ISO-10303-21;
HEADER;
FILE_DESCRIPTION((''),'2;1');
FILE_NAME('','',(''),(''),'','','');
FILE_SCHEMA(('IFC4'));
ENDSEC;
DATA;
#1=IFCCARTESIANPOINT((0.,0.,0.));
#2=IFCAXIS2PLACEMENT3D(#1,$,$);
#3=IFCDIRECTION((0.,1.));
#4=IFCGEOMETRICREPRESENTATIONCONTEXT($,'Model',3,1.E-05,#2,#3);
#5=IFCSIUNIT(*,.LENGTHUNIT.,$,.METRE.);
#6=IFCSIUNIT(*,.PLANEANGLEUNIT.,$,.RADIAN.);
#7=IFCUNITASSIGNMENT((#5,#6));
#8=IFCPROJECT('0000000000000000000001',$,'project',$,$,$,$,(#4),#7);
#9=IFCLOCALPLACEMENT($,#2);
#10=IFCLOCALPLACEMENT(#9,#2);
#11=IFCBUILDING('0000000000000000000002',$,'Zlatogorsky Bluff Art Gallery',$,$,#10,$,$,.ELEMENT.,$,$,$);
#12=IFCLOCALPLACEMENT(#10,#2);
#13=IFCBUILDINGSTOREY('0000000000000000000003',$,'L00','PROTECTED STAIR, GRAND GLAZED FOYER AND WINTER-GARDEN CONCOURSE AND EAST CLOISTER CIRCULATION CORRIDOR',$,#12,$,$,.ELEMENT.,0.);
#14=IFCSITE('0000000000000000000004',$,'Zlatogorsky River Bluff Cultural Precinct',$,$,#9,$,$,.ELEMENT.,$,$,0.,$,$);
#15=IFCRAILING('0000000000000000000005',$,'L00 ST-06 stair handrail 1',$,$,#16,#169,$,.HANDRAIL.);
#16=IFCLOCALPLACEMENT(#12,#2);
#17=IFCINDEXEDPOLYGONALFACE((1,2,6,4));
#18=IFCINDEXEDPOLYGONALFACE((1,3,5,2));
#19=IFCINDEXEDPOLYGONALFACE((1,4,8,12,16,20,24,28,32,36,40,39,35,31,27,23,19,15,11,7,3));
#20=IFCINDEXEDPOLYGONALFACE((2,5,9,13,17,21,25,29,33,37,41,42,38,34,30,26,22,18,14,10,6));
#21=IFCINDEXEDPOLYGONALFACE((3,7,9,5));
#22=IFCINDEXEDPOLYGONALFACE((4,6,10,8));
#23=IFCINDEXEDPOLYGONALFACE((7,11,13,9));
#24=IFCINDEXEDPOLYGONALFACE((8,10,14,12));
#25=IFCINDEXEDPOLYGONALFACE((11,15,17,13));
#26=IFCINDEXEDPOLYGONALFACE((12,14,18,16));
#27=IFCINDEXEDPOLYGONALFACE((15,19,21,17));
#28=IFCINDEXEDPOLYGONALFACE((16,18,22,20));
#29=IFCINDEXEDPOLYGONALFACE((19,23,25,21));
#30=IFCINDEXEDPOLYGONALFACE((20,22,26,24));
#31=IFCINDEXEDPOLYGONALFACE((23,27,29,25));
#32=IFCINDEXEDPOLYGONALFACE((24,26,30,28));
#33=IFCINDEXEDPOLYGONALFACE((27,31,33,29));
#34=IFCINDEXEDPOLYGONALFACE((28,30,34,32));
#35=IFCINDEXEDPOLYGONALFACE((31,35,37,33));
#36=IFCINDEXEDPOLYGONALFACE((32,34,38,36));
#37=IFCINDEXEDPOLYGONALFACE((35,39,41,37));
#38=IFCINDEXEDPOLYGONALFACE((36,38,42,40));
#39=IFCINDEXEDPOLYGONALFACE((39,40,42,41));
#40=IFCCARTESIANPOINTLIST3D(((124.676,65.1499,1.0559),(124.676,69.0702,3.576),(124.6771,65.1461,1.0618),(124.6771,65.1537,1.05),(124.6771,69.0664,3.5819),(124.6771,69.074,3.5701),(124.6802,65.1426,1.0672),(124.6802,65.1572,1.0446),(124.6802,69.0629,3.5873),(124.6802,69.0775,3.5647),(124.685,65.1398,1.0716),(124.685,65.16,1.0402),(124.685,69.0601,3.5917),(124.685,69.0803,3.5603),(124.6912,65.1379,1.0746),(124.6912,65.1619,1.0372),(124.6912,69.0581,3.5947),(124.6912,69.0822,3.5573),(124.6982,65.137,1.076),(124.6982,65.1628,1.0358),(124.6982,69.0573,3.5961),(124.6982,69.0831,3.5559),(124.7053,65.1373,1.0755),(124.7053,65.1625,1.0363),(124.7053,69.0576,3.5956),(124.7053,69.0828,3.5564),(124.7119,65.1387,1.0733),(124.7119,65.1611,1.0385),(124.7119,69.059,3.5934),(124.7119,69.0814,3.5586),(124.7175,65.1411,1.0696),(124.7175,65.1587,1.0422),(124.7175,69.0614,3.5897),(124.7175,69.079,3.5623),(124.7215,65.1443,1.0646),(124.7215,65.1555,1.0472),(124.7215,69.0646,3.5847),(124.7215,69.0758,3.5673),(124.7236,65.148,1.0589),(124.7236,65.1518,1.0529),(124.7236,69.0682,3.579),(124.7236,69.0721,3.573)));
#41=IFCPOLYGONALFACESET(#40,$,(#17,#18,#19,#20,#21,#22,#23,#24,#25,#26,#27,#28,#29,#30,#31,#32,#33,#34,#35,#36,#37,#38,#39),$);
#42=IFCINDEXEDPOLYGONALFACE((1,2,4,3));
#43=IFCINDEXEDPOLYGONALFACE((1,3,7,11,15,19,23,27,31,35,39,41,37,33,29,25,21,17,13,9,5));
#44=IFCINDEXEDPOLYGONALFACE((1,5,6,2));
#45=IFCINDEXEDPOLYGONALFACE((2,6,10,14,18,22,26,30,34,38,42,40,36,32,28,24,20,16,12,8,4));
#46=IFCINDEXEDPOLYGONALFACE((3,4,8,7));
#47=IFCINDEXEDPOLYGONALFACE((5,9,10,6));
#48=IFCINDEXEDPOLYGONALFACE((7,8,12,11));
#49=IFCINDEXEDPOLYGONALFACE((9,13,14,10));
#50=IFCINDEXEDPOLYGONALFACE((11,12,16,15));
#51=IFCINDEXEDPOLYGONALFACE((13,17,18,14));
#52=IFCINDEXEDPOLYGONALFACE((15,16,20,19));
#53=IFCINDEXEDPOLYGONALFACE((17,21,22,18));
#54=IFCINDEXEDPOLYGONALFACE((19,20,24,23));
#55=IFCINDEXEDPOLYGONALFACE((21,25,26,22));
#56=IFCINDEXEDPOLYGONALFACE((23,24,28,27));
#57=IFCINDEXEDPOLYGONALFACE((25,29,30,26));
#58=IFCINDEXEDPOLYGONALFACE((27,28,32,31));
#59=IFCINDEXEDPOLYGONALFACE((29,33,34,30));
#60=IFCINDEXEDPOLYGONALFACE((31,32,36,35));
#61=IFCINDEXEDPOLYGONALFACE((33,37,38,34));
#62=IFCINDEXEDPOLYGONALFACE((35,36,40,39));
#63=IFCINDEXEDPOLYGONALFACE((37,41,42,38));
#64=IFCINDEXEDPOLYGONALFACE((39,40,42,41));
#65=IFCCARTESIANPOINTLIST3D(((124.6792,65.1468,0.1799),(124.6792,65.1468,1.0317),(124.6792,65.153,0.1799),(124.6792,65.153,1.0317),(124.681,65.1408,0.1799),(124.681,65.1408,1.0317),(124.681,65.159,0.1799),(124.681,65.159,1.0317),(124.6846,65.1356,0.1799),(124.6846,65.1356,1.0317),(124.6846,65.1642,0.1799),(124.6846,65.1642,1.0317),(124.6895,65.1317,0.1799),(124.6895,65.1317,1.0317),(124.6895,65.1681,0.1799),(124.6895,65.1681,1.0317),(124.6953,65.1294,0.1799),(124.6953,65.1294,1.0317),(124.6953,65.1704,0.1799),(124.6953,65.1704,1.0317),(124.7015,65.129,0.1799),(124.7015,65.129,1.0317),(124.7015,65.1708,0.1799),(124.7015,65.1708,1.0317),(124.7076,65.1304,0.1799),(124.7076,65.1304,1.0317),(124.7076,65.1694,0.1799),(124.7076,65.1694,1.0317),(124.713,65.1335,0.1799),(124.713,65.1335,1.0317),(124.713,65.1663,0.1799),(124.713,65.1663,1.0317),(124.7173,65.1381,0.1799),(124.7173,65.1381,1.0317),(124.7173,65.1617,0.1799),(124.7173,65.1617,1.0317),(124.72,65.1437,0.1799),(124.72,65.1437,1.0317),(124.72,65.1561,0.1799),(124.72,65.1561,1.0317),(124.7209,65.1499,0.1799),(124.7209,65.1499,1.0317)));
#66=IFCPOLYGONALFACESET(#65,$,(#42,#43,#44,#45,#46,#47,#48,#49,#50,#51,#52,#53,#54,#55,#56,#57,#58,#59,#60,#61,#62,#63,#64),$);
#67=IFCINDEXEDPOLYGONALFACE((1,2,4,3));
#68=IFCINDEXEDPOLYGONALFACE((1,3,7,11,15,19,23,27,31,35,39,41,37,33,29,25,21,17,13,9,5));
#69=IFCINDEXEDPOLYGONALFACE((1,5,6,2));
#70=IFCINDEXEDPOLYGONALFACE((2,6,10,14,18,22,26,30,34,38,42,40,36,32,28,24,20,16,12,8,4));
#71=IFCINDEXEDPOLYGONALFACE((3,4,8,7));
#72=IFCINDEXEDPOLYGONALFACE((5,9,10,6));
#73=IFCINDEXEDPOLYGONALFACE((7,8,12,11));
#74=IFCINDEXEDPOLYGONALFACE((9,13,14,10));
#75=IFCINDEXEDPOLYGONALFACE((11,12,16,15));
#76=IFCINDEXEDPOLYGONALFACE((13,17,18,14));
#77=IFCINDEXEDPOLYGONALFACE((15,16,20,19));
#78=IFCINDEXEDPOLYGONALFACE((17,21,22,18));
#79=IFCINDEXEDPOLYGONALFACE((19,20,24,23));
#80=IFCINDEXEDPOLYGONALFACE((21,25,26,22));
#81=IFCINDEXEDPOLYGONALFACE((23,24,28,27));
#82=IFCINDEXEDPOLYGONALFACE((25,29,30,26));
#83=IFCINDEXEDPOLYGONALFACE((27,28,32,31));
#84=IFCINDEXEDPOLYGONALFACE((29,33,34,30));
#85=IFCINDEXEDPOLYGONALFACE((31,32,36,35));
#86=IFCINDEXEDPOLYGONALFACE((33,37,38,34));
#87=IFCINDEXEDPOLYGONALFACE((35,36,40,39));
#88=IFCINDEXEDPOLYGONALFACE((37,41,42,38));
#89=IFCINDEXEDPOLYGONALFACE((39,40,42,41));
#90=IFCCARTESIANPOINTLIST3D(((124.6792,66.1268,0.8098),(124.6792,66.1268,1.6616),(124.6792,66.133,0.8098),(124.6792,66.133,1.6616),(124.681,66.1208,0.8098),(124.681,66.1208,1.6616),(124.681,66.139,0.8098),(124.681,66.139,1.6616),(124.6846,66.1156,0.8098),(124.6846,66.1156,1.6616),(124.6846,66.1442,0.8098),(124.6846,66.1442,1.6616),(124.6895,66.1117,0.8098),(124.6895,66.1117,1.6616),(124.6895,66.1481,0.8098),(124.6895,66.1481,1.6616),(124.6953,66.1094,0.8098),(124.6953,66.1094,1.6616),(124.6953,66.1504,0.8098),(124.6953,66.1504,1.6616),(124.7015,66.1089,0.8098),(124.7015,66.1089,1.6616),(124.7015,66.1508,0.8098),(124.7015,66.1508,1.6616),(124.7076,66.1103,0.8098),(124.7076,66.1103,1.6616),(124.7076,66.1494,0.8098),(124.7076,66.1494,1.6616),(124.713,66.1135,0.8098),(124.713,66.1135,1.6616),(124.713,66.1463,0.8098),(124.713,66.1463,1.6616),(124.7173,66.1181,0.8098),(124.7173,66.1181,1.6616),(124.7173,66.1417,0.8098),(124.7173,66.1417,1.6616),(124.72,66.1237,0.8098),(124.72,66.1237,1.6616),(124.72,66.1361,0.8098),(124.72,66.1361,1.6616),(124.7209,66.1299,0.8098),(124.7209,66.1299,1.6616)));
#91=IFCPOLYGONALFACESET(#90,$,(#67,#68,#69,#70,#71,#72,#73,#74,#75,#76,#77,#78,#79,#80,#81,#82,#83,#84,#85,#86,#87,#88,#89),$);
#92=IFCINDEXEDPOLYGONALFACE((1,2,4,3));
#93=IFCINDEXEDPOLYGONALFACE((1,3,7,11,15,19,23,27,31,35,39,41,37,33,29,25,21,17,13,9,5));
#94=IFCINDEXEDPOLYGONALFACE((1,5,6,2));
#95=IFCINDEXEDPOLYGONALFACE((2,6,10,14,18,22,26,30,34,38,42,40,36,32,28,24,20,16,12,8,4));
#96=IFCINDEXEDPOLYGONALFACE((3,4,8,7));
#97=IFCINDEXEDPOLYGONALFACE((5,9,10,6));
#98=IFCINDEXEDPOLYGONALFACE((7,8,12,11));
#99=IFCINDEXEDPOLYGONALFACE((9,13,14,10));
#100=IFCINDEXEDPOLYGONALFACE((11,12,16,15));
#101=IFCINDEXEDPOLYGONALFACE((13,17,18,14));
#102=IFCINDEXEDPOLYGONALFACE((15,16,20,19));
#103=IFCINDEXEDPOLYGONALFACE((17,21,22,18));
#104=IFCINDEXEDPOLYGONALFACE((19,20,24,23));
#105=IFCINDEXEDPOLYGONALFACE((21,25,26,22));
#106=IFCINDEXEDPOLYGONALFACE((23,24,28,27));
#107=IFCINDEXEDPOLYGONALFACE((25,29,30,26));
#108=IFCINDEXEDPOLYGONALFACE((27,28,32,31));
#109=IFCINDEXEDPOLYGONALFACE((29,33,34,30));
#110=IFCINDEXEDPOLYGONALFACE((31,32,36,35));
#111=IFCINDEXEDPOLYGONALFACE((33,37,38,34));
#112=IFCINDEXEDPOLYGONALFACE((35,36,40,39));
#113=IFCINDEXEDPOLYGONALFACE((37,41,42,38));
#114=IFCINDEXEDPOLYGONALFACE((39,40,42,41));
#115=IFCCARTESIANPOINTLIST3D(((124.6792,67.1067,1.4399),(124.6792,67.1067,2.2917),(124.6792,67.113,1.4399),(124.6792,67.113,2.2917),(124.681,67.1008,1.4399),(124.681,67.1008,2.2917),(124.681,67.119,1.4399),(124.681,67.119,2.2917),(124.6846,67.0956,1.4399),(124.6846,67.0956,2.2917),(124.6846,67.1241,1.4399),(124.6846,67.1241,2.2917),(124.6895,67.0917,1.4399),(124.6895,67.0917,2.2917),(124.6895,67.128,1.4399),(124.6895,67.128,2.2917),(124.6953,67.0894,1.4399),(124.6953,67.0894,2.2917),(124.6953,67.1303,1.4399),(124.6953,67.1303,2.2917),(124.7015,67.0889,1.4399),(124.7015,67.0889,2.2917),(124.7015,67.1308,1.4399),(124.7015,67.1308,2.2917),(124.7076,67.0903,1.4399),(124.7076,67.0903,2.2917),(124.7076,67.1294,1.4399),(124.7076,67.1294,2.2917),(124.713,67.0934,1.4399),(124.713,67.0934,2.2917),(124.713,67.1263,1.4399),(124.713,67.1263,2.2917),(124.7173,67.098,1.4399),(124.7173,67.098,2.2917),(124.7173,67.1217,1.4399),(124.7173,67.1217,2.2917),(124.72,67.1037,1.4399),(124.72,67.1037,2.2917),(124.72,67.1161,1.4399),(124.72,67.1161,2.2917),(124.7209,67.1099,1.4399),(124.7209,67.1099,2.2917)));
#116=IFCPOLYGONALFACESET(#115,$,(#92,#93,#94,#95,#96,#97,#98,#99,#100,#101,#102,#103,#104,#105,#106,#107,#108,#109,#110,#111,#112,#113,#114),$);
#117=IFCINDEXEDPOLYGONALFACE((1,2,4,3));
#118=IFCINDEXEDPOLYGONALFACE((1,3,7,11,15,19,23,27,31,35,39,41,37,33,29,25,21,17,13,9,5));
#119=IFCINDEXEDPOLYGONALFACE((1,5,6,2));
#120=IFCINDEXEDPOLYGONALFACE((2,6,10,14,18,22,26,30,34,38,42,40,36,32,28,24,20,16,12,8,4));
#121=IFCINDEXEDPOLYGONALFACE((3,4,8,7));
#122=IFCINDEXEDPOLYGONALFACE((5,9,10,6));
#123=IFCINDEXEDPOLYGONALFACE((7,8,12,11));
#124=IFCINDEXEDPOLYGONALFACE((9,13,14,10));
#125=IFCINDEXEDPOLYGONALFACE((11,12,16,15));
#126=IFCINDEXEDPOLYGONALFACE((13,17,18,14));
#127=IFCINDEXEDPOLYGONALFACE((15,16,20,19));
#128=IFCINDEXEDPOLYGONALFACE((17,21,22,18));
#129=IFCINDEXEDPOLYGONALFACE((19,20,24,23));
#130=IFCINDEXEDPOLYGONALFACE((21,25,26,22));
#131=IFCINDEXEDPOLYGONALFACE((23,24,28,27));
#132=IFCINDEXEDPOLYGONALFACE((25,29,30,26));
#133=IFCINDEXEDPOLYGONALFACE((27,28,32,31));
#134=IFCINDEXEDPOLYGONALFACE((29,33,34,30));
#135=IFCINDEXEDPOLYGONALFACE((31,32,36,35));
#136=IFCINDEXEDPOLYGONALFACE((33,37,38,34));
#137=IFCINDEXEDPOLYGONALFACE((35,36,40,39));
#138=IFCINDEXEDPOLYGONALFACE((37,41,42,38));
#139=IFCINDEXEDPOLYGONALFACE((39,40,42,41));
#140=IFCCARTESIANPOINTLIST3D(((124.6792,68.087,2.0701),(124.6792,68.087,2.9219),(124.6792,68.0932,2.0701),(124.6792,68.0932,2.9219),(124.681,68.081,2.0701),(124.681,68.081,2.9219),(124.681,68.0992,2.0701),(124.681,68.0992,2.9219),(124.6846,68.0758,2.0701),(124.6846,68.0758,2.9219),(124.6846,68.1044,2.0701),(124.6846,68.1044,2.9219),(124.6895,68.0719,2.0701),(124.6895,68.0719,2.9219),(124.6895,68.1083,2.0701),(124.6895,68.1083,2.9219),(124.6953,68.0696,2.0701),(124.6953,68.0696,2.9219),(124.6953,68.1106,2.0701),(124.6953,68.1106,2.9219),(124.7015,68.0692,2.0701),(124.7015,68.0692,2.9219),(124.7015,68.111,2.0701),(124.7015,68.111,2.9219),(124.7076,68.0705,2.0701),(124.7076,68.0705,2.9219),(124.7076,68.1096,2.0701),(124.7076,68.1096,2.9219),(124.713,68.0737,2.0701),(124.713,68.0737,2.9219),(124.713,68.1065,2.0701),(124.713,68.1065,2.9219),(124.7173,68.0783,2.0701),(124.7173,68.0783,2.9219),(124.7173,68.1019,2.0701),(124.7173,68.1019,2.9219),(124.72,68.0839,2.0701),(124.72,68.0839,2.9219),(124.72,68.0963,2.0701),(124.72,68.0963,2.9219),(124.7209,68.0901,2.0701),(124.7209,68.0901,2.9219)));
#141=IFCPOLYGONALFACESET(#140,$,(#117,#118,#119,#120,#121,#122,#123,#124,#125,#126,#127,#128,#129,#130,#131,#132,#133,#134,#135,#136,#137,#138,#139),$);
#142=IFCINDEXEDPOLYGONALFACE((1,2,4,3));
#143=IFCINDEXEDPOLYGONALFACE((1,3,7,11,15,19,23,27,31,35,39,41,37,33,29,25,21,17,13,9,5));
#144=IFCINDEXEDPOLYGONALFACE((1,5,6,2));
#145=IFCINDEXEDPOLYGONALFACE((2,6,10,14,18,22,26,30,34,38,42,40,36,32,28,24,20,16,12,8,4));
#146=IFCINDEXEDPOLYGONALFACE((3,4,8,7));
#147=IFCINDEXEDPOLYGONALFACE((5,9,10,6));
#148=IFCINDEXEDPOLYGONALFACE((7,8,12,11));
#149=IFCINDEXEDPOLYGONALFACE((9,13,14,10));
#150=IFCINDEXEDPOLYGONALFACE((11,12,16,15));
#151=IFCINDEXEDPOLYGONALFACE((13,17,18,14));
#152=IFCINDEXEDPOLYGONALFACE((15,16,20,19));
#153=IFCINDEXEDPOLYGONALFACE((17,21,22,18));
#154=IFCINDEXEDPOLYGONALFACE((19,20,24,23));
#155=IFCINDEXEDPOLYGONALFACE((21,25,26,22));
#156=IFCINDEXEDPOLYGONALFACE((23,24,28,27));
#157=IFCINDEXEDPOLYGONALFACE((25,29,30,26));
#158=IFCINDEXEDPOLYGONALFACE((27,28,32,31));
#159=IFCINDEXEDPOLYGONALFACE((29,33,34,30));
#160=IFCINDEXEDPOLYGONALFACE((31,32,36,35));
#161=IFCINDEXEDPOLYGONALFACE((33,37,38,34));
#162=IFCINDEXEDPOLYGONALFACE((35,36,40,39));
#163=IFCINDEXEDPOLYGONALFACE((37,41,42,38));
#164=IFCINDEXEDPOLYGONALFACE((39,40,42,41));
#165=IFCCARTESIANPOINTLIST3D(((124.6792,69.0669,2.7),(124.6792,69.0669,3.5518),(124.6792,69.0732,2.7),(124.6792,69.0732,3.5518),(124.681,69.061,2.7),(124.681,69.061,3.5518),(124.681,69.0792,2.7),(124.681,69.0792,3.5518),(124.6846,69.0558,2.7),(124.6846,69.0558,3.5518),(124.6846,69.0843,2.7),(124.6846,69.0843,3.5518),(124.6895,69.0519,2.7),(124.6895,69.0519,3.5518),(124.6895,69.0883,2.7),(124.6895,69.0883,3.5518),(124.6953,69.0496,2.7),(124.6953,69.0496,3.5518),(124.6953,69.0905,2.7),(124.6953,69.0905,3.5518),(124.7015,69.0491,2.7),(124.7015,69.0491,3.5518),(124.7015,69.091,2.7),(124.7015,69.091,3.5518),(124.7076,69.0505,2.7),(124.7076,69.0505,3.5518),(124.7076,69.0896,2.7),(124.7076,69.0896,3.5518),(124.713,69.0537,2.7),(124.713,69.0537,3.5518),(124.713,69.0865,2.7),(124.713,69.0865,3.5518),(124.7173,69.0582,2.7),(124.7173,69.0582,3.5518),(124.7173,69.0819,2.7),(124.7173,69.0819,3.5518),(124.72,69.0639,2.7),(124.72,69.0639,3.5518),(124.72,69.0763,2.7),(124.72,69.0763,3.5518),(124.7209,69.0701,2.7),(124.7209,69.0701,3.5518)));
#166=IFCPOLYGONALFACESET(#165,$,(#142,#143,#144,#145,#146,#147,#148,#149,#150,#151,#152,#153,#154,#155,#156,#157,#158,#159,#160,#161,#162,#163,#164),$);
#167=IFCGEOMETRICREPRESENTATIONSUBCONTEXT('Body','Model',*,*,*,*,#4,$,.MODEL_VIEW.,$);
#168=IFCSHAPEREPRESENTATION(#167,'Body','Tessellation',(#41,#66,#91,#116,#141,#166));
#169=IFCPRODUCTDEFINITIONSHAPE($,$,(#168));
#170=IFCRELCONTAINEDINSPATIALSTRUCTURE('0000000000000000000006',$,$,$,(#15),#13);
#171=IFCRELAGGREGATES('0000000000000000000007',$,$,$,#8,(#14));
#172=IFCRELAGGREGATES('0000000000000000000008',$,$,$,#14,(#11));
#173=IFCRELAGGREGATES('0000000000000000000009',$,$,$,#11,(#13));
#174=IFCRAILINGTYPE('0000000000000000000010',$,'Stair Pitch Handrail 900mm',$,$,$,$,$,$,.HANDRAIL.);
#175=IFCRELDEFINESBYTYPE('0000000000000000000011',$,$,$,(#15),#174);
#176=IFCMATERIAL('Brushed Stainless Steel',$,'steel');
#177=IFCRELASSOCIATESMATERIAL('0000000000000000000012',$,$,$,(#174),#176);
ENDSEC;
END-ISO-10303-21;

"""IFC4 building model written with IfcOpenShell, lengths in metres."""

from ifc_helpers import new_model, si_unit, direction, frame, origin, origin_2d, place, context, subcontext, project, spatial, circle, extrude, material, type_object, element, save


model = new_model("IFC4")

# Units and contexts
model_context = context("Model", 3, precision=1e-05, world=origin(), true_north=direction((0.0, 1.0)))
body_context = subcontext(model_context, "Body", "Model", "MODEL_VIEW")
ifc_project = project(units=[si_unit("LENGTHUNIT", "METRE"), si_unit("PLANEANGLEUNIT", "RADIAN")], contexts=[model_context])

# Site, building, storey
site_placement = place(None, origin())
site = spatial("IfcSite", under=ifc_project, at=site_placement, Name="Zlatogorsky River Bluff Cultural Precinct", CompositionType="ELEMENT", RefElevation=0.0)
building_placement = place(site_placement, origin())
building = spatial("IfcBuilding", under=site, at=building_placement, Name="Zlatogorsky Bluff Art Gallery", CompositionType="ELEMENT")
storey_placement = place(building_placement, origin())
storey = spatial("IfcBuildingStorey", under=building, at=storey_placement, Name="L00", Description="PROTECTED STAIR, GRAND GLAZED FOYER AND WINTER-GARDEN CONCOURSE AND EAST CLOISTER CIRCULATION CORRIDOR", CompositionType="ELEMENT", Elevation=0.0)

# Railing
ifc_material_1 = material(Name="Brushed Stainless Steel", Category="steel")
railing_type_1 = type_object("IfcRailingType", Name="Stair Pitch Handrail 900mm", PredefinedType="HANDRAIL", material=ifc_material_1)
railing_1_placement = place(storey_placement, frame((124.7, 65.1499, 0.1799)))
element("IfcRailing", 1, at=railing_1_placement, inside=storey, type_object=railing_type_1, Name="L00 ST-06 stair handrail 1", PredefinedType="HANDRAIL", context=body_context, shape_type="SweptSolid", body=[
    extrude(circle(Radius=0.0239, at=origin_2d()), frame((0.0, 0.0, 0.876), z_axis=(0.0, 0.841187, 0.540744), x_axis=(-1.0, 0.0, 0.0)), (0.0, 0.0, 1.0), 4.6604),
    extrude(circle(Radius=0.021, at=origin_2d()), origin(), (0.0, 0.0, 1.0), 0.8518),
    extrude(circle(Radius=0.021, at=origin_2d()), frame((0.0, 0.98, 0.6299)), (0.0, 0.0, 1.0), 0.8518),
    extrude(circle(Radius=0.021, at=origin_2d()), frame((0.0, 1.96, 1.26)), (0.0, 0.0, 1.0), 0.8518),
    extrude(circle(Radius=0.021, at=origin_2d()), frame((0.0, 2.9402, 1.8901)), (0.0, 0.0, 1.0), 0.8518),
    extrude(circle(Radius=0.021, at=origin_2d()), frame((0.0, 3.9202, 2.52)), (0.0, 0.0, 1.0), 0.8518),
])

save(model, "model.ifc")
